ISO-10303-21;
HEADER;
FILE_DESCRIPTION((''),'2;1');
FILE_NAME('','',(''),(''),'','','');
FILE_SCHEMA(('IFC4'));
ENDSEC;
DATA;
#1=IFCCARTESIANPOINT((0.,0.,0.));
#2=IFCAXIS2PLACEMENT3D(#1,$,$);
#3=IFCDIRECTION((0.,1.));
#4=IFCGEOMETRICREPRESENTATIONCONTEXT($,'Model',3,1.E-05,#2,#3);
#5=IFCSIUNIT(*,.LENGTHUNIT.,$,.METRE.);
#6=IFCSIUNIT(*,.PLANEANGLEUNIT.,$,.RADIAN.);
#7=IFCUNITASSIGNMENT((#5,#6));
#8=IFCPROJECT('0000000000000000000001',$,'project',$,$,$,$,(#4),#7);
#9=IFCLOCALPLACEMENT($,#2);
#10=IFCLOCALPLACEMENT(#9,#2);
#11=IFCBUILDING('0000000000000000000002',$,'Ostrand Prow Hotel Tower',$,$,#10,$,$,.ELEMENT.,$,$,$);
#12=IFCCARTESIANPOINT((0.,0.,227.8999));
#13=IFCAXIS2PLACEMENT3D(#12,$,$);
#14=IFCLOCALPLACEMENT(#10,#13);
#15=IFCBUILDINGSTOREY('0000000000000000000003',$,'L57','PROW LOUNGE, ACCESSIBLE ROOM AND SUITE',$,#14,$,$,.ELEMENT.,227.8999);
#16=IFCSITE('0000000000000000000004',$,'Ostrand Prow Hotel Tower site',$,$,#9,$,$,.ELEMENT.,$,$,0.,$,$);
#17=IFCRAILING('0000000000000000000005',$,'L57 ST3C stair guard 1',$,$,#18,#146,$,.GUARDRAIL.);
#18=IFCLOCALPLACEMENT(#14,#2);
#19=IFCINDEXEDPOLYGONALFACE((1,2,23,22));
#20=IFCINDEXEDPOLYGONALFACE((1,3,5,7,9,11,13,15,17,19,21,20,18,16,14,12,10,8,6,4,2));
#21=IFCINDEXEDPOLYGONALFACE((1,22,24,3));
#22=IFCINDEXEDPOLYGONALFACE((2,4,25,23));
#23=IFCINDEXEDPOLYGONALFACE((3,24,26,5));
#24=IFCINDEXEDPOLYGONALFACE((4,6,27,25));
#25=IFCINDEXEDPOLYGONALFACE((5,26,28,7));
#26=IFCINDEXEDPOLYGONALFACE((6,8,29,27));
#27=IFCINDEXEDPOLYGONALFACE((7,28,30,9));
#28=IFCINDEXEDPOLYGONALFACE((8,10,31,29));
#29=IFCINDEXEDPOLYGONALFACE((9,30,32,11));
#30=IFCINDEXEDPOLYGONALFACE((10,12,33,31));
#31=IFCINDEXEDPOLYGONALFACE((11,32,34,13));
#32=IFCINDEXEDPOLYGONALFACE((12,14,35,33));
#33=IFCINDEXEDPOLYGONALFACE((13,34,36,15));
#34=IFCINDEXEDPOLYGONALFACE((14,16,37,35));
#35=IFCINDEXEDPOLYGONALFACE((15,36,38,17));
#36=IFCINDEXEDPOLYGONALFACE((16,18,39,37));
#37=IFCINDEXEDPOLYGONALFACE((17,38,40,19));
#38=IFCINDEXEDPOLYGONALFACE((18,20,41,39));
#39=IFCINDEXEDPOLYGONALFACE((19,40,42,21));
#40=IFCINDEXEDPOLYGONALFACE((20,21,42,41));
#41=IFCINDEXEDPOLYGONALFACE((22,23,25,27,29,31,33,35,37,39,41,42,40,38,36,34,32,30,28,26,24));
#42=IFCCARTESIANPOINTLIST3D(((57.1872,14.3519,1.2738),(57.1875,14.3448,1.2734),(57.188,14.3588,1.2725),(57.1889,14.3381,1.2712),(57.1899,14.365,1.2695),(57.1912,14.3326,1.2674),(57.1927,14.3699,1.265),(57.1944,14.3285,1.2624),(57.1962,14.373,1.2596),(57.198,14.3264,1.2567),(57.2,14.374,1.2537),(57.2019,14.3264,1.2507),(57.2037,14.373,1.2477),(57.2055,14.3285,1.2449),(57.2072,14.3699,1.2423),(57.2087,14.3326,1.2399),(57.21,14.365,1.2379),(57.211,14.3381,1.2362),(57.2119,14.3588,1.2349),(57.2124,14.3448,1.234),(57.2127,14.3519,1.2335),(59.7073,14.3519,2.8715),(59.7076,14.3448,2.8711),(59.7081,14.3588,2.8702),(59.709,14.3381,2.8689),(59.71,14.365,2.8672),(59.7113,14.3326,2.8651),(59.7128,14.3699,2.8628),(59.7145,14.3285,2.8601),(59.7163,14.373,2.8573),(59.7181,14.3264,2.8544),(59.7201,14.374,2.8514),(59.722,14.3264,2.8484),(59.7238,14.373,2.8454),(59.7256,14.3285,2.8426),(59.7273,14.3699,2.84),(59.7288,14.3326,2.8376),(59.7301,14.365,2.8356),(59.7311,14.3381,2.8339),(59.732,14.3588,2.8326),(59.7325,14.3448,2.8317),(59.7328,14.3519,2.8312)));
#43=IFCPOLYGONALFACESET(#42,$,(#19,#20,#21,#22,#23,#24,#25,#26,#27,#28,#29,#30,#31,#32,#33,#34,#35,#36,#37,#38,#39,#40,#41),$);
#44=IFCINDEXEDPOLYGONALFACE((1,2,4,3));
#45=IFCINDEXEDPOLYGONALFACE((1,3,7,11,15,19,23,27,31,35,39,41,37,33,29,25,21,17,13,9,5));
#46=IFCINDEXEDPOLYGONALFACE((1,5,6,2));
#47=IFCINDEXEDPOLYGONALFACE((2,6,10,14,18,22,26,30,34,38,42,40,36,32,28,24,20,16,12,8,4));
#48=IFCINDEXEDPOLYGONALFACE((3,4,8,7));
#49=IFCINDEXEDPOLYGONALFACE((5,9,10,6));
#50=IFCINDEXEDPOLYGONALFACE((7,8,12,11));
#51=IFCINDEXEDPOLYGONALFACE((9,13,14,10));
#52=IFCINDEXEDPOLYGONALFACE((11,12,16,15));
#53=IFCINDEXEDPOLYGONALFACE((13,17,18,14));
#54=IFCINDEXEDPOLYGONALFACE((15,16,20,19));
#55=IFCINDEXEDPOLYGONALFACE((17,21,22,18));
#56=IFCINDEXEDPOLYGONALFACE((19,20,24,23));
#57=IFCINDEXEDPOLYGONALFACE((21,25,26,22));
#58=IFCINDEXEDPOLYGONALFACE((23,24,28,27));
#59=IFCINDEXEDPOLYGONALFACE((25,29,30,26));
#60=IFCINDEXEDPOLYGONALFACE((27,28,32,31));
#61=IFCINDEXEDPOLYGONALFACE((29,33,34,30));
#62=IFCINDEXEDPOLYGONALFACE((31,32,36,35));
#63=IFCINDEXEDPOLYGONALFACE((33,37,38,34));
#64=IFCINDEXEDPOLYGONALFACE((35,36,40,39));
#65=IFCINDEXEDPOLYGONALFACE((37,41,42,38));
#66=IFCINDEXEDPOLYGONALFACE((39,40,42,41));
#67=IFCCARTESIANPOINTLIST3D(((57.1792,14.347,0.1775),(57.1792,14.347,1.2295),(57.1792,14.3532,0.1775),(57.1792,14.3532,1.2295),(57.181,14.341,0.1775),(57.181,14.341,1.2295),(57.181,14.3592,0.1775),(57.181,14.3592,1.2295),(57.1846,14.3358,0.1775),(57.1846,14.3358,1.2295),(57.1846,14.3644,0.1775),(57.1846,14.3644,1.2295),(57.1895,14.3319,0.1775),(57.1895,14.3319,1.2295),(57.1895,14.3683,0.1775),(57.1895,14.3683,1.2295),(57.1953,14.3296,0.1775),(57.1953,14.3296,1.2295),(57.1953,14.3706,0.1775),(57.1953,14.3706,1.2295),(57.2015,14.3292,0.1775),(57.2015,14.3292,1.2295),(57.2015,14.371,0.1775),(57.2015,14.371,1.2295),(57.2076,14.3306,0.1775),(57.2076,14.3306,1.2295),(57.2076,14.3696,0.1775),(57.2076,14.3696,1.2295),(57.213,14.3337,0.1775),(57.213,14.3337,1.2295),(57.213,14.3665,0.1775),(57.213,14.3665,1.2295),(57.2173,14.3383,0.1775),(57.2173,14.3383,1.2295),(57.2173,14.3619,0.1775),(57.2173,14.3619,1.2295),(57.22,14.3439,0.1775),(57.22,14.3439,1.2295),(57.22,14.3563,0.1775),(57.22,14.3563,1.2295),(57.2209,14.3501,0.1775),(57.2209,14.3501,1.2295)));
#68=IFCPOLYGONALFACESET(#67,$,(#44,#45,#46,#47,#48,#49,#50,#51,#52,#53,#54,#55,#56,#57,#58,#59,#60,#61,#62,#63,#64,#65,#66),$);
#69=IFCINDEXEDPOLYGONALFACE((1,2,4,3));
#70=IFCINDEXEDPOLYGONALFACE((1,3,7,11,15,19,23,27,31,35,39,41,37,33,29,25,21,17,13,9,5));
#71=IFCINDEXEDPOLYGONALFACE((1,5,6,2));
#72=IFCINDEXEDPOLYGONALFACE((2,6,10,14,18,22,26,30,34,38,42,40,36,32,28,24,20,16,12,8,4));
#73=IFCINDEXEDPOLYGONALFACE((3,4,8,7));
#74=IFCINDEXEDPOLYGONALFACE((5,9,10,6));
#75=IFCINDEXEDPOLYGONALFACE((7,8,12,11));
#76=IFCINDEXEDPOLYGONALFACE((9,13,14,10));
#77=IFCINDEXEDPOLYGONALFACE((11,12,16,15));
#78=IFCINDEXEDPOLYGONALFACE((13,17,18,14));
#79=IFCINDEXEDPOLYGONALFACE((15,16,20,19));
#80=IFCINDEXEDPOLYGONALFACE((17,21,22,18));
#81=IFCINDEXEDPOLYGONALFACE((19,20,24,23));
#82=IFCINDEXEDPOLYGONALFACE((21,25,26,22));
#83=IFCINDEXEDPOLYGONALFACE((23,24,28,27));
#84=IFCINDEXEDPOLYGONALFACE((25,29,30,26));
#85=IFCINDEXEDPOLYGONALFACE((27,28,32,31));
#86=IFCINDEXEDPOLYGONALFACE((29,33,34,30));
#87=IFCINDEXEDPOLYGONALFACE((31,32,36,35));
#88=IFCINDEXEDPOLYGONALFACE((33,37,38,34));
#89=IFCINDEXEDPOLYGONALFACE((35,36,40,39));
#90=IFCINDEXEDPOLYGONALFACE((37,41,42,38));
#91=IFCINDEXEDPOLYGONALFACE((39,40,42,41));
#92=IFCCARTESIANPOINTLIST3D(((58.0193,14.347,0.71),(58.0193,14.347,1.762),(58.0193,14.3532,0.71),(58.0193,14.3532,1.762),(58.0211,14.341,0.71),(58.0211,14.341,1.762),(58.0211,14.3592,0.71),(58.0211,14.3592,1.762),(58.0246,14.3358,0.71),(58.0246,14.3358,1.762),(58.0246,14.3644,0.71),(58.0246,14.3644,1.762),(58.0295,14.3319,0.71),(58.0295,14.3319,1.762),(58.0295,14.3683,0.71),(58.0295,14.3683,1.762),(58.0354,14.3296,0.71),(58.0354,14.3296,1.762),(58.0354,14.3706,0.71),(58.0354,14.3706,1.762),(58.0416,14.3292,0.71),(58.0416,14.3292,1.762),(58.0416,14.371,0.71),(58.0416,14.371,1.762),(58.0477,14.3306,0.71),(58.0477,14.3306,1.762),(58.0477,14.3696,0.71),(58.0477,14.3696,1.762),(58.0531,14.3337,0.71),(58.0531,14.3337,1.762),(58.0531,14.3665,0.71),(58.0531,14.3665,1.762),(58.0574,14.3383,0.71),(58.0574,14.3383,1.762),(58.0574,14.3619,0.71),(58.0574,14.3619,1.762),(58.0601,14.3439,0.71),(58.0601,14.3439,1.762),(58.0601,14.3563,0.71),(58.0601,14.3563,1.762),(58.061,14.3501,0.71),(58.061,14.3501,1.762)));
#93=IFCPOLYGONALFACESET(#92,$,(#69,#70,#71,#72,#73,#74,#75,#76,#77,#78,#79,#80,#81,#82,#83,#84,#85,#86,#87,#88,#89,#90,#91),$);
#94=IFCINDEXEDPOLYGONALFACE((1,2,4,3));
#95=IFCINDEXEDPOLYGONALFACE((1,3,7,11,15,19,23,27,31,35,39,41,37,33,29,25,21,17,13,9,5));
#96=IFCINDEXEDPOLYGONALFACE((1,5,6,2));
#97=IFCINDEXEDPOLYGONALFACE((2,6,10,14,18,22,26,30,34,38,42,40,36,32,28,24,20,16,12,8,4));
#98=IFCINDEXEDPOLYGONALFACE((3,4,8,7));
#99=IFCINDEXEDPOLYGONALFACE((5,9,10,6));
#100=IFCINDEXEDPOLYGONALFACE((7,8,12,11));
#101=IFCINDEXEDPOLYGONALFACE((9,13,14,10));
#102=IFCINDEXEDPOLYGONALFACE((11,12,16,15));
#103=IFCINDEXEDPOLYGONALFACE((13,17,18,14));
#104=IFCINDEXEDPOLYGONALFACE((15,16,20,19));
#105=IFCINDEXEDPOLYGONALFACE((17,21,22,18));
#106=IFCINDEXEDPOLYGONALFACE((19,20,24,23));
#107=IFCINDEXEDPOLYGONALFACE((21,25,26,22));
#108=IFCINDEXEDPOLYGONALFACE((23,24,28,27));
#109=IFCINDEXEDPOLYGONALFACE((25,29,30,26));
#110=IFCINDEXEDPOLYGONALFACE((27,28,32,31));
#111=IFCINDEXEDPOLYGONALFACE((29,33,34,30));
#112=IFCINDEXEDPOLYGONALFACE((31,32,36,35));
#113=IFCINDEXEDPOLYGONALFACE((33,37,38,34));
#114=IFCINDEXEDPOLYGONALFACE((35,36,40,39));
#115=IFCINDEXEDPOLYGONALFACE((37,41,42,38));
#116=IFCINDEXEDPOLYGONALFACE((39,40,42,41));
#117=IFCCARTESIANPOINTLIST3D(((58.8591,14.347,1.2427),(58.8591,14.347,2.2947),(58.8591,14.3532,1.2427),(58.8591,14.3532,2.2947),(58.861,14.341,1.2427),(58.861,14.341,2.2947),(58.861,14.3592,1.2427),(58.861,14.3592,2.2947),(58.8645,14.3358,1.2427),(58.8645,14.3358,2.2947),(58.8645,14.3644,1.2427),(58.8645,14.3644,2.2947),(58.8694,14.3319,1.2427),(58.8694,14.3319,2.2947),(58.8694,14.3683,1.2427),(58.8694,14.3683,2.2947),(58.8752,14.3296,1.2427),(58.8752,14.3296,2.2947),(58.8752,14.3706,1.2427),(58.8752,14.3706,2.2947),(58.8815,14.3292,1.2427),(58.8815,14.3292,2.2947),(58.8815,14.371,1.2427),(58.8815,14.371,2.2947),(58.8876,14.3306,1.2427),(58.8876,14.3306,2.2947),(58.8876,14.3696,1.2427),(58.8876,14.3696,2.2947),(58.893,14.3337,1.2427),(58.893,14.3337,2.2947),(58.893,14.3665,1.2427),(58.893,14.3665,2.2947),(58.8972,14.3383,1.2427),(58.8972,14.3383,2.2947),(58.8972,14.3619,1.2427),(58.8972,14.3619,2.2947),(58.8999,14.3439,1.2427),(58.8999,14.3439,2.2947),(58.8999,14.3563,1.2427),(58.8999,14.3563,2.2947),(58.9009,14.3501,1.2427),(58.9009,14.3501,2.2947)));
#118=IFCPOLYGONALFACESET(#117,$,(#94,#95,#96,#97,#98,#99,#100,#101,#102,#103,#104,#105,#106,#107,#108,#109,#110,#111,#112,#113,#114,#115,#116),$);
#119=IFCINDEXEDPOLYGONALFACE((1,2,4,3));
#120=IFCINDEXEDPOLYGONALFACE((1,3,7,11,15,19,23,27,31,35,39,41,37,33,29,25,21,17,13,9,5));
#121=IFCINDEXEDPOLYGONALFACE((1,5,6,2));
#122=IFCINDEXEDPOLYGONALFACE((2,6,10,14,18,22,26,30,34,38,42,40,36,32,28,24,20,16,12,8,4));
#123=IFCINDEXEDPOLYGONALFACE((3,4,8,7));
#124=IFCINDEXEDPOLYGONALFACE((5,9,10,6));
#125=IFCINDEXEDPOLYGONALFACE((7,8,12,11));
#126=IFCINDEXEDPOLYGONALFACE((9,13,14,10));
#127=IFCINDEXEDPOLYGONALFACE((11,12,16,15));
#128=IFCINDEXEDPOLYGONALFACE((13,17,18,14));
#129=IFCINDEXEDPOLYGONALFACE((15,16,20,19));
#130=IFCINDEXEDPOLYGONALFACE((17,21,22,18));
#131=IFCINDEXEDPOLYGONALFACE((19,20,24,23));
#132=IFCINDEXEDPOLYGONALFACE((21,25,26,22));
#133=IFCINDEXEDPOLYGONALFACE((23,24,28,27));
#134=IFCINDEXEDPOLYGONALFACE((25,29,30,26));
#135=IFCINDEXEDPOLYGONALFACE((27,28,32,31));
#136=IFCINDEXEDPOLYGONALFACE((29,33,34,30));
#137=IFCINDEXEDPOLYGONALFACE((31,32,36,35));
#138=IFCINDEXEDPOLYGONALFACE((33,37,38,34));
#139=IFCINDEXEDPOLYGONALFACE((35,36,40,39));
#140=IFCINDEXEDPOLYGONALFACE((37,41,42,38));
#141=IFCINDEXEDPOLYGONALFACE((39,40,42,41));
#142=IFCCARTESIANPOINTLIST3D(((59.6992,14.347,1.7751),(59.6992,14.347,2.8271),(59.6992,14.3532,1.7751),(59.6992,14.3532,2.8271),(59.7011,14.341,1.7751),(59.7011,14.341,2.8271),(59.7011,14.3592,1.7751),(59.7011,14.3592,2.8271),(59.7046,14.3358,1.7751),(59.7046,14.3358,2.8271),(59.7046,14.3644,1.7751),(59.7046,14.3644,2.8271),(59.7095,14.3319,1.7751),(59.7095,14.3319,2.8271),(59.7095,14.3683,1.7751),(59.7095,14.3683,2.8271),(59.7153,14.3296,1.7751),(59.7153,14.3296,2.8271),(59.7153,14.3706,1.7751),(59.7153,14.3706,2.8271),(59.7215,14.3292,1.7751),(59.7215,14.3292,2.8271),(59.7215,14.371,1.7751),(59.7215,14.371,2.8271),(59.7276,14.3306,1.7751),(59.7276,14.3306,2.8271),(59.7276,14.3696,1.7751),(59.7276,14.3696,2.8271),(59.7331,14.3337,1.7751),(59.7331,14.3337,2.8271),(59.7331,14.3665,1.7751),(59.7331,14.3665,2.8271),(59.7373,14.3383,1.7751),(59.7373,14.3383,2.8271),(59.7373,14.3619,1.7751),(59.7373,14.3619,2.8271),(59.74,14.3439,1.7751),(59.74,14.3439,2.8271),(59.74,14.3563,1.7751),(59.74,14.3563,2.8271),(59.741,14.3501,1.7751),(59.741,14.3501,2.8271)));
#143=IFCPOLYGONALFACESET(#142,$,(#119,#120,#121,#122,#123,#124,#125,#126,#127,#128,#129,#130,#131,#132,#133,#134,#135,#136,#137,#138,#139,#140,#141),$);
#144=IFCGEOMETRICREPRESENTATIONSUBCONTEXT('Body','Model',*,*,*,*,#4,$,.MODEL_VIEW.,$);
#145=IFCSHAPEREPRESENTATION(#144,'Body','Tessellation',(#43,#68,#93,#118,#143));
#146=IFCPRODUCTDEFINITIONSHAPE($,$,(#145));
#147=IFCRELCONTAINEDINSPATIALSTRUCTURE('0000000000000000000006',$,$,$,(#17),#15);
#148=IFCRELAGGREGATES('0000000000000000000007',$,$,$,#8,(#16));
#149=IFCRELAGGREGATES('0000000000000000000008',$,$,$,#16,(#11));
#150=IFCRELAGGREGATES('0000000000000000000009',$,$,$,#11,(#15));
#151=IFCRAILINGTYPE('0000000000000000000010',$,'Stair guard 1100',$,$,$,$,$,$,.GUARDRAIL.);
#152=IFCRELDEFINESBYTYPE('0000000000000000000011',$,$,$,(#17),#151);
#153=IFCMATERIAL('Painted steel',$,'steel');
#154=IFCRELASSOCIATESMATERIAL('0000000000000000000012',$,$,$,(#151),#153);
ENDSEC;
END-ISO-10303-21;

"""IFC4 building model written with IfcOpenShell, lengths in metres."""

from ifc_helpers import new_model, si_unit, direction, frame, origin, origin_2d, place, context, subcontext, project, spatial, circle, extrude, material, type_object, element, save


model = new_model("IFC4")

# Units and contexts
model_context = context("Model", 3, precision=1e-05, world=origin(), true_north=direction((0.0, 1.0)))
body_context = subcontext(model_context, "Body", "Model", "MODEL_VIEW")
ifc_project = project(units=[si_unit("LENGTHUNIT", "METRE"), si_unit("PLANEANGLEUNIT", "RADIAN")], contexts=[model_context])

# Site, building, storey
site_placement = place(None, origin())
site = spatial("IfcSite", under=ifc_project, at=site_placement, Name="Ostrand Prow Hotel Tower site", CompositionType="ELEMENT", RefElevation=0.0)
building_placement = place(site_placement, origin())
building = spatial("IfcBuilding", under=site, at=building_placement, Name="Ostrand Prow Hotel Tower", CompositionType="ELEMENT")
storey_placement = place(building_placement, frame((0.0, 0.0, 227.8999)))
storey = spatial("IfcBuildingStorey", under=building, at=storey_placement, Name="L57", Description="PROW LOUNGE, ACCESSIBLE ROOM AND SUITE", CompositionType="ELEMENT", Elevation=227.8999)

# Railing
ifc_material_1 = material(Name="Painted steel", Category="steel")
railing_type_1 = type_object("IfcRailingType", Name="Stair guard 1100", PredefinedType="GUARDRAIL", material=ifc_material_1)
railing_1_placement = place(storey_placement, frame((57.2, 14.3501, 0.1775)))
element("IfcRailing", 1, at=railing_1_placement, inside=storey, type_object=railing_type_1, Name="L57 ST3C stair guard 1", PredefinedType="GUARDRAIL", context=body_context, shape_type="SweptSolid", body=[
    extrude(circle(Radius=0.0239, at=origin_2d()), frame((0.0, 0.0, 1.0762), z_axis=(0.84457, 0.0, 0.535445), x_axis=(0.0, 1.0, 0.0)), (0.0, 0.0, 1.0), 2.9839),
    extrude(circle(Radius=0.021, at=origin_2d()), origin(), (0.0, 0.0, 1.0), 1.052),
    extrude(circle(Radius=0.021, at=origin_2d()), frame((0.8401, 0.0, 0.5325)), (0.0, 0.0, 1.0), 1.052),
    extrude(circle(Radius=0.021, at=origin_2d()), frame((1.6799, 0.0, 1.0652)), (0.0, 0.0, 1.0), 1.052),
    extrude(circle(Radius=0.021, at=origin_2d()), frame((2.52, 0.0, 1.5977)), (0.0, 0.0, 1.0), 1.052),
])

save(model, "model.ifc")
